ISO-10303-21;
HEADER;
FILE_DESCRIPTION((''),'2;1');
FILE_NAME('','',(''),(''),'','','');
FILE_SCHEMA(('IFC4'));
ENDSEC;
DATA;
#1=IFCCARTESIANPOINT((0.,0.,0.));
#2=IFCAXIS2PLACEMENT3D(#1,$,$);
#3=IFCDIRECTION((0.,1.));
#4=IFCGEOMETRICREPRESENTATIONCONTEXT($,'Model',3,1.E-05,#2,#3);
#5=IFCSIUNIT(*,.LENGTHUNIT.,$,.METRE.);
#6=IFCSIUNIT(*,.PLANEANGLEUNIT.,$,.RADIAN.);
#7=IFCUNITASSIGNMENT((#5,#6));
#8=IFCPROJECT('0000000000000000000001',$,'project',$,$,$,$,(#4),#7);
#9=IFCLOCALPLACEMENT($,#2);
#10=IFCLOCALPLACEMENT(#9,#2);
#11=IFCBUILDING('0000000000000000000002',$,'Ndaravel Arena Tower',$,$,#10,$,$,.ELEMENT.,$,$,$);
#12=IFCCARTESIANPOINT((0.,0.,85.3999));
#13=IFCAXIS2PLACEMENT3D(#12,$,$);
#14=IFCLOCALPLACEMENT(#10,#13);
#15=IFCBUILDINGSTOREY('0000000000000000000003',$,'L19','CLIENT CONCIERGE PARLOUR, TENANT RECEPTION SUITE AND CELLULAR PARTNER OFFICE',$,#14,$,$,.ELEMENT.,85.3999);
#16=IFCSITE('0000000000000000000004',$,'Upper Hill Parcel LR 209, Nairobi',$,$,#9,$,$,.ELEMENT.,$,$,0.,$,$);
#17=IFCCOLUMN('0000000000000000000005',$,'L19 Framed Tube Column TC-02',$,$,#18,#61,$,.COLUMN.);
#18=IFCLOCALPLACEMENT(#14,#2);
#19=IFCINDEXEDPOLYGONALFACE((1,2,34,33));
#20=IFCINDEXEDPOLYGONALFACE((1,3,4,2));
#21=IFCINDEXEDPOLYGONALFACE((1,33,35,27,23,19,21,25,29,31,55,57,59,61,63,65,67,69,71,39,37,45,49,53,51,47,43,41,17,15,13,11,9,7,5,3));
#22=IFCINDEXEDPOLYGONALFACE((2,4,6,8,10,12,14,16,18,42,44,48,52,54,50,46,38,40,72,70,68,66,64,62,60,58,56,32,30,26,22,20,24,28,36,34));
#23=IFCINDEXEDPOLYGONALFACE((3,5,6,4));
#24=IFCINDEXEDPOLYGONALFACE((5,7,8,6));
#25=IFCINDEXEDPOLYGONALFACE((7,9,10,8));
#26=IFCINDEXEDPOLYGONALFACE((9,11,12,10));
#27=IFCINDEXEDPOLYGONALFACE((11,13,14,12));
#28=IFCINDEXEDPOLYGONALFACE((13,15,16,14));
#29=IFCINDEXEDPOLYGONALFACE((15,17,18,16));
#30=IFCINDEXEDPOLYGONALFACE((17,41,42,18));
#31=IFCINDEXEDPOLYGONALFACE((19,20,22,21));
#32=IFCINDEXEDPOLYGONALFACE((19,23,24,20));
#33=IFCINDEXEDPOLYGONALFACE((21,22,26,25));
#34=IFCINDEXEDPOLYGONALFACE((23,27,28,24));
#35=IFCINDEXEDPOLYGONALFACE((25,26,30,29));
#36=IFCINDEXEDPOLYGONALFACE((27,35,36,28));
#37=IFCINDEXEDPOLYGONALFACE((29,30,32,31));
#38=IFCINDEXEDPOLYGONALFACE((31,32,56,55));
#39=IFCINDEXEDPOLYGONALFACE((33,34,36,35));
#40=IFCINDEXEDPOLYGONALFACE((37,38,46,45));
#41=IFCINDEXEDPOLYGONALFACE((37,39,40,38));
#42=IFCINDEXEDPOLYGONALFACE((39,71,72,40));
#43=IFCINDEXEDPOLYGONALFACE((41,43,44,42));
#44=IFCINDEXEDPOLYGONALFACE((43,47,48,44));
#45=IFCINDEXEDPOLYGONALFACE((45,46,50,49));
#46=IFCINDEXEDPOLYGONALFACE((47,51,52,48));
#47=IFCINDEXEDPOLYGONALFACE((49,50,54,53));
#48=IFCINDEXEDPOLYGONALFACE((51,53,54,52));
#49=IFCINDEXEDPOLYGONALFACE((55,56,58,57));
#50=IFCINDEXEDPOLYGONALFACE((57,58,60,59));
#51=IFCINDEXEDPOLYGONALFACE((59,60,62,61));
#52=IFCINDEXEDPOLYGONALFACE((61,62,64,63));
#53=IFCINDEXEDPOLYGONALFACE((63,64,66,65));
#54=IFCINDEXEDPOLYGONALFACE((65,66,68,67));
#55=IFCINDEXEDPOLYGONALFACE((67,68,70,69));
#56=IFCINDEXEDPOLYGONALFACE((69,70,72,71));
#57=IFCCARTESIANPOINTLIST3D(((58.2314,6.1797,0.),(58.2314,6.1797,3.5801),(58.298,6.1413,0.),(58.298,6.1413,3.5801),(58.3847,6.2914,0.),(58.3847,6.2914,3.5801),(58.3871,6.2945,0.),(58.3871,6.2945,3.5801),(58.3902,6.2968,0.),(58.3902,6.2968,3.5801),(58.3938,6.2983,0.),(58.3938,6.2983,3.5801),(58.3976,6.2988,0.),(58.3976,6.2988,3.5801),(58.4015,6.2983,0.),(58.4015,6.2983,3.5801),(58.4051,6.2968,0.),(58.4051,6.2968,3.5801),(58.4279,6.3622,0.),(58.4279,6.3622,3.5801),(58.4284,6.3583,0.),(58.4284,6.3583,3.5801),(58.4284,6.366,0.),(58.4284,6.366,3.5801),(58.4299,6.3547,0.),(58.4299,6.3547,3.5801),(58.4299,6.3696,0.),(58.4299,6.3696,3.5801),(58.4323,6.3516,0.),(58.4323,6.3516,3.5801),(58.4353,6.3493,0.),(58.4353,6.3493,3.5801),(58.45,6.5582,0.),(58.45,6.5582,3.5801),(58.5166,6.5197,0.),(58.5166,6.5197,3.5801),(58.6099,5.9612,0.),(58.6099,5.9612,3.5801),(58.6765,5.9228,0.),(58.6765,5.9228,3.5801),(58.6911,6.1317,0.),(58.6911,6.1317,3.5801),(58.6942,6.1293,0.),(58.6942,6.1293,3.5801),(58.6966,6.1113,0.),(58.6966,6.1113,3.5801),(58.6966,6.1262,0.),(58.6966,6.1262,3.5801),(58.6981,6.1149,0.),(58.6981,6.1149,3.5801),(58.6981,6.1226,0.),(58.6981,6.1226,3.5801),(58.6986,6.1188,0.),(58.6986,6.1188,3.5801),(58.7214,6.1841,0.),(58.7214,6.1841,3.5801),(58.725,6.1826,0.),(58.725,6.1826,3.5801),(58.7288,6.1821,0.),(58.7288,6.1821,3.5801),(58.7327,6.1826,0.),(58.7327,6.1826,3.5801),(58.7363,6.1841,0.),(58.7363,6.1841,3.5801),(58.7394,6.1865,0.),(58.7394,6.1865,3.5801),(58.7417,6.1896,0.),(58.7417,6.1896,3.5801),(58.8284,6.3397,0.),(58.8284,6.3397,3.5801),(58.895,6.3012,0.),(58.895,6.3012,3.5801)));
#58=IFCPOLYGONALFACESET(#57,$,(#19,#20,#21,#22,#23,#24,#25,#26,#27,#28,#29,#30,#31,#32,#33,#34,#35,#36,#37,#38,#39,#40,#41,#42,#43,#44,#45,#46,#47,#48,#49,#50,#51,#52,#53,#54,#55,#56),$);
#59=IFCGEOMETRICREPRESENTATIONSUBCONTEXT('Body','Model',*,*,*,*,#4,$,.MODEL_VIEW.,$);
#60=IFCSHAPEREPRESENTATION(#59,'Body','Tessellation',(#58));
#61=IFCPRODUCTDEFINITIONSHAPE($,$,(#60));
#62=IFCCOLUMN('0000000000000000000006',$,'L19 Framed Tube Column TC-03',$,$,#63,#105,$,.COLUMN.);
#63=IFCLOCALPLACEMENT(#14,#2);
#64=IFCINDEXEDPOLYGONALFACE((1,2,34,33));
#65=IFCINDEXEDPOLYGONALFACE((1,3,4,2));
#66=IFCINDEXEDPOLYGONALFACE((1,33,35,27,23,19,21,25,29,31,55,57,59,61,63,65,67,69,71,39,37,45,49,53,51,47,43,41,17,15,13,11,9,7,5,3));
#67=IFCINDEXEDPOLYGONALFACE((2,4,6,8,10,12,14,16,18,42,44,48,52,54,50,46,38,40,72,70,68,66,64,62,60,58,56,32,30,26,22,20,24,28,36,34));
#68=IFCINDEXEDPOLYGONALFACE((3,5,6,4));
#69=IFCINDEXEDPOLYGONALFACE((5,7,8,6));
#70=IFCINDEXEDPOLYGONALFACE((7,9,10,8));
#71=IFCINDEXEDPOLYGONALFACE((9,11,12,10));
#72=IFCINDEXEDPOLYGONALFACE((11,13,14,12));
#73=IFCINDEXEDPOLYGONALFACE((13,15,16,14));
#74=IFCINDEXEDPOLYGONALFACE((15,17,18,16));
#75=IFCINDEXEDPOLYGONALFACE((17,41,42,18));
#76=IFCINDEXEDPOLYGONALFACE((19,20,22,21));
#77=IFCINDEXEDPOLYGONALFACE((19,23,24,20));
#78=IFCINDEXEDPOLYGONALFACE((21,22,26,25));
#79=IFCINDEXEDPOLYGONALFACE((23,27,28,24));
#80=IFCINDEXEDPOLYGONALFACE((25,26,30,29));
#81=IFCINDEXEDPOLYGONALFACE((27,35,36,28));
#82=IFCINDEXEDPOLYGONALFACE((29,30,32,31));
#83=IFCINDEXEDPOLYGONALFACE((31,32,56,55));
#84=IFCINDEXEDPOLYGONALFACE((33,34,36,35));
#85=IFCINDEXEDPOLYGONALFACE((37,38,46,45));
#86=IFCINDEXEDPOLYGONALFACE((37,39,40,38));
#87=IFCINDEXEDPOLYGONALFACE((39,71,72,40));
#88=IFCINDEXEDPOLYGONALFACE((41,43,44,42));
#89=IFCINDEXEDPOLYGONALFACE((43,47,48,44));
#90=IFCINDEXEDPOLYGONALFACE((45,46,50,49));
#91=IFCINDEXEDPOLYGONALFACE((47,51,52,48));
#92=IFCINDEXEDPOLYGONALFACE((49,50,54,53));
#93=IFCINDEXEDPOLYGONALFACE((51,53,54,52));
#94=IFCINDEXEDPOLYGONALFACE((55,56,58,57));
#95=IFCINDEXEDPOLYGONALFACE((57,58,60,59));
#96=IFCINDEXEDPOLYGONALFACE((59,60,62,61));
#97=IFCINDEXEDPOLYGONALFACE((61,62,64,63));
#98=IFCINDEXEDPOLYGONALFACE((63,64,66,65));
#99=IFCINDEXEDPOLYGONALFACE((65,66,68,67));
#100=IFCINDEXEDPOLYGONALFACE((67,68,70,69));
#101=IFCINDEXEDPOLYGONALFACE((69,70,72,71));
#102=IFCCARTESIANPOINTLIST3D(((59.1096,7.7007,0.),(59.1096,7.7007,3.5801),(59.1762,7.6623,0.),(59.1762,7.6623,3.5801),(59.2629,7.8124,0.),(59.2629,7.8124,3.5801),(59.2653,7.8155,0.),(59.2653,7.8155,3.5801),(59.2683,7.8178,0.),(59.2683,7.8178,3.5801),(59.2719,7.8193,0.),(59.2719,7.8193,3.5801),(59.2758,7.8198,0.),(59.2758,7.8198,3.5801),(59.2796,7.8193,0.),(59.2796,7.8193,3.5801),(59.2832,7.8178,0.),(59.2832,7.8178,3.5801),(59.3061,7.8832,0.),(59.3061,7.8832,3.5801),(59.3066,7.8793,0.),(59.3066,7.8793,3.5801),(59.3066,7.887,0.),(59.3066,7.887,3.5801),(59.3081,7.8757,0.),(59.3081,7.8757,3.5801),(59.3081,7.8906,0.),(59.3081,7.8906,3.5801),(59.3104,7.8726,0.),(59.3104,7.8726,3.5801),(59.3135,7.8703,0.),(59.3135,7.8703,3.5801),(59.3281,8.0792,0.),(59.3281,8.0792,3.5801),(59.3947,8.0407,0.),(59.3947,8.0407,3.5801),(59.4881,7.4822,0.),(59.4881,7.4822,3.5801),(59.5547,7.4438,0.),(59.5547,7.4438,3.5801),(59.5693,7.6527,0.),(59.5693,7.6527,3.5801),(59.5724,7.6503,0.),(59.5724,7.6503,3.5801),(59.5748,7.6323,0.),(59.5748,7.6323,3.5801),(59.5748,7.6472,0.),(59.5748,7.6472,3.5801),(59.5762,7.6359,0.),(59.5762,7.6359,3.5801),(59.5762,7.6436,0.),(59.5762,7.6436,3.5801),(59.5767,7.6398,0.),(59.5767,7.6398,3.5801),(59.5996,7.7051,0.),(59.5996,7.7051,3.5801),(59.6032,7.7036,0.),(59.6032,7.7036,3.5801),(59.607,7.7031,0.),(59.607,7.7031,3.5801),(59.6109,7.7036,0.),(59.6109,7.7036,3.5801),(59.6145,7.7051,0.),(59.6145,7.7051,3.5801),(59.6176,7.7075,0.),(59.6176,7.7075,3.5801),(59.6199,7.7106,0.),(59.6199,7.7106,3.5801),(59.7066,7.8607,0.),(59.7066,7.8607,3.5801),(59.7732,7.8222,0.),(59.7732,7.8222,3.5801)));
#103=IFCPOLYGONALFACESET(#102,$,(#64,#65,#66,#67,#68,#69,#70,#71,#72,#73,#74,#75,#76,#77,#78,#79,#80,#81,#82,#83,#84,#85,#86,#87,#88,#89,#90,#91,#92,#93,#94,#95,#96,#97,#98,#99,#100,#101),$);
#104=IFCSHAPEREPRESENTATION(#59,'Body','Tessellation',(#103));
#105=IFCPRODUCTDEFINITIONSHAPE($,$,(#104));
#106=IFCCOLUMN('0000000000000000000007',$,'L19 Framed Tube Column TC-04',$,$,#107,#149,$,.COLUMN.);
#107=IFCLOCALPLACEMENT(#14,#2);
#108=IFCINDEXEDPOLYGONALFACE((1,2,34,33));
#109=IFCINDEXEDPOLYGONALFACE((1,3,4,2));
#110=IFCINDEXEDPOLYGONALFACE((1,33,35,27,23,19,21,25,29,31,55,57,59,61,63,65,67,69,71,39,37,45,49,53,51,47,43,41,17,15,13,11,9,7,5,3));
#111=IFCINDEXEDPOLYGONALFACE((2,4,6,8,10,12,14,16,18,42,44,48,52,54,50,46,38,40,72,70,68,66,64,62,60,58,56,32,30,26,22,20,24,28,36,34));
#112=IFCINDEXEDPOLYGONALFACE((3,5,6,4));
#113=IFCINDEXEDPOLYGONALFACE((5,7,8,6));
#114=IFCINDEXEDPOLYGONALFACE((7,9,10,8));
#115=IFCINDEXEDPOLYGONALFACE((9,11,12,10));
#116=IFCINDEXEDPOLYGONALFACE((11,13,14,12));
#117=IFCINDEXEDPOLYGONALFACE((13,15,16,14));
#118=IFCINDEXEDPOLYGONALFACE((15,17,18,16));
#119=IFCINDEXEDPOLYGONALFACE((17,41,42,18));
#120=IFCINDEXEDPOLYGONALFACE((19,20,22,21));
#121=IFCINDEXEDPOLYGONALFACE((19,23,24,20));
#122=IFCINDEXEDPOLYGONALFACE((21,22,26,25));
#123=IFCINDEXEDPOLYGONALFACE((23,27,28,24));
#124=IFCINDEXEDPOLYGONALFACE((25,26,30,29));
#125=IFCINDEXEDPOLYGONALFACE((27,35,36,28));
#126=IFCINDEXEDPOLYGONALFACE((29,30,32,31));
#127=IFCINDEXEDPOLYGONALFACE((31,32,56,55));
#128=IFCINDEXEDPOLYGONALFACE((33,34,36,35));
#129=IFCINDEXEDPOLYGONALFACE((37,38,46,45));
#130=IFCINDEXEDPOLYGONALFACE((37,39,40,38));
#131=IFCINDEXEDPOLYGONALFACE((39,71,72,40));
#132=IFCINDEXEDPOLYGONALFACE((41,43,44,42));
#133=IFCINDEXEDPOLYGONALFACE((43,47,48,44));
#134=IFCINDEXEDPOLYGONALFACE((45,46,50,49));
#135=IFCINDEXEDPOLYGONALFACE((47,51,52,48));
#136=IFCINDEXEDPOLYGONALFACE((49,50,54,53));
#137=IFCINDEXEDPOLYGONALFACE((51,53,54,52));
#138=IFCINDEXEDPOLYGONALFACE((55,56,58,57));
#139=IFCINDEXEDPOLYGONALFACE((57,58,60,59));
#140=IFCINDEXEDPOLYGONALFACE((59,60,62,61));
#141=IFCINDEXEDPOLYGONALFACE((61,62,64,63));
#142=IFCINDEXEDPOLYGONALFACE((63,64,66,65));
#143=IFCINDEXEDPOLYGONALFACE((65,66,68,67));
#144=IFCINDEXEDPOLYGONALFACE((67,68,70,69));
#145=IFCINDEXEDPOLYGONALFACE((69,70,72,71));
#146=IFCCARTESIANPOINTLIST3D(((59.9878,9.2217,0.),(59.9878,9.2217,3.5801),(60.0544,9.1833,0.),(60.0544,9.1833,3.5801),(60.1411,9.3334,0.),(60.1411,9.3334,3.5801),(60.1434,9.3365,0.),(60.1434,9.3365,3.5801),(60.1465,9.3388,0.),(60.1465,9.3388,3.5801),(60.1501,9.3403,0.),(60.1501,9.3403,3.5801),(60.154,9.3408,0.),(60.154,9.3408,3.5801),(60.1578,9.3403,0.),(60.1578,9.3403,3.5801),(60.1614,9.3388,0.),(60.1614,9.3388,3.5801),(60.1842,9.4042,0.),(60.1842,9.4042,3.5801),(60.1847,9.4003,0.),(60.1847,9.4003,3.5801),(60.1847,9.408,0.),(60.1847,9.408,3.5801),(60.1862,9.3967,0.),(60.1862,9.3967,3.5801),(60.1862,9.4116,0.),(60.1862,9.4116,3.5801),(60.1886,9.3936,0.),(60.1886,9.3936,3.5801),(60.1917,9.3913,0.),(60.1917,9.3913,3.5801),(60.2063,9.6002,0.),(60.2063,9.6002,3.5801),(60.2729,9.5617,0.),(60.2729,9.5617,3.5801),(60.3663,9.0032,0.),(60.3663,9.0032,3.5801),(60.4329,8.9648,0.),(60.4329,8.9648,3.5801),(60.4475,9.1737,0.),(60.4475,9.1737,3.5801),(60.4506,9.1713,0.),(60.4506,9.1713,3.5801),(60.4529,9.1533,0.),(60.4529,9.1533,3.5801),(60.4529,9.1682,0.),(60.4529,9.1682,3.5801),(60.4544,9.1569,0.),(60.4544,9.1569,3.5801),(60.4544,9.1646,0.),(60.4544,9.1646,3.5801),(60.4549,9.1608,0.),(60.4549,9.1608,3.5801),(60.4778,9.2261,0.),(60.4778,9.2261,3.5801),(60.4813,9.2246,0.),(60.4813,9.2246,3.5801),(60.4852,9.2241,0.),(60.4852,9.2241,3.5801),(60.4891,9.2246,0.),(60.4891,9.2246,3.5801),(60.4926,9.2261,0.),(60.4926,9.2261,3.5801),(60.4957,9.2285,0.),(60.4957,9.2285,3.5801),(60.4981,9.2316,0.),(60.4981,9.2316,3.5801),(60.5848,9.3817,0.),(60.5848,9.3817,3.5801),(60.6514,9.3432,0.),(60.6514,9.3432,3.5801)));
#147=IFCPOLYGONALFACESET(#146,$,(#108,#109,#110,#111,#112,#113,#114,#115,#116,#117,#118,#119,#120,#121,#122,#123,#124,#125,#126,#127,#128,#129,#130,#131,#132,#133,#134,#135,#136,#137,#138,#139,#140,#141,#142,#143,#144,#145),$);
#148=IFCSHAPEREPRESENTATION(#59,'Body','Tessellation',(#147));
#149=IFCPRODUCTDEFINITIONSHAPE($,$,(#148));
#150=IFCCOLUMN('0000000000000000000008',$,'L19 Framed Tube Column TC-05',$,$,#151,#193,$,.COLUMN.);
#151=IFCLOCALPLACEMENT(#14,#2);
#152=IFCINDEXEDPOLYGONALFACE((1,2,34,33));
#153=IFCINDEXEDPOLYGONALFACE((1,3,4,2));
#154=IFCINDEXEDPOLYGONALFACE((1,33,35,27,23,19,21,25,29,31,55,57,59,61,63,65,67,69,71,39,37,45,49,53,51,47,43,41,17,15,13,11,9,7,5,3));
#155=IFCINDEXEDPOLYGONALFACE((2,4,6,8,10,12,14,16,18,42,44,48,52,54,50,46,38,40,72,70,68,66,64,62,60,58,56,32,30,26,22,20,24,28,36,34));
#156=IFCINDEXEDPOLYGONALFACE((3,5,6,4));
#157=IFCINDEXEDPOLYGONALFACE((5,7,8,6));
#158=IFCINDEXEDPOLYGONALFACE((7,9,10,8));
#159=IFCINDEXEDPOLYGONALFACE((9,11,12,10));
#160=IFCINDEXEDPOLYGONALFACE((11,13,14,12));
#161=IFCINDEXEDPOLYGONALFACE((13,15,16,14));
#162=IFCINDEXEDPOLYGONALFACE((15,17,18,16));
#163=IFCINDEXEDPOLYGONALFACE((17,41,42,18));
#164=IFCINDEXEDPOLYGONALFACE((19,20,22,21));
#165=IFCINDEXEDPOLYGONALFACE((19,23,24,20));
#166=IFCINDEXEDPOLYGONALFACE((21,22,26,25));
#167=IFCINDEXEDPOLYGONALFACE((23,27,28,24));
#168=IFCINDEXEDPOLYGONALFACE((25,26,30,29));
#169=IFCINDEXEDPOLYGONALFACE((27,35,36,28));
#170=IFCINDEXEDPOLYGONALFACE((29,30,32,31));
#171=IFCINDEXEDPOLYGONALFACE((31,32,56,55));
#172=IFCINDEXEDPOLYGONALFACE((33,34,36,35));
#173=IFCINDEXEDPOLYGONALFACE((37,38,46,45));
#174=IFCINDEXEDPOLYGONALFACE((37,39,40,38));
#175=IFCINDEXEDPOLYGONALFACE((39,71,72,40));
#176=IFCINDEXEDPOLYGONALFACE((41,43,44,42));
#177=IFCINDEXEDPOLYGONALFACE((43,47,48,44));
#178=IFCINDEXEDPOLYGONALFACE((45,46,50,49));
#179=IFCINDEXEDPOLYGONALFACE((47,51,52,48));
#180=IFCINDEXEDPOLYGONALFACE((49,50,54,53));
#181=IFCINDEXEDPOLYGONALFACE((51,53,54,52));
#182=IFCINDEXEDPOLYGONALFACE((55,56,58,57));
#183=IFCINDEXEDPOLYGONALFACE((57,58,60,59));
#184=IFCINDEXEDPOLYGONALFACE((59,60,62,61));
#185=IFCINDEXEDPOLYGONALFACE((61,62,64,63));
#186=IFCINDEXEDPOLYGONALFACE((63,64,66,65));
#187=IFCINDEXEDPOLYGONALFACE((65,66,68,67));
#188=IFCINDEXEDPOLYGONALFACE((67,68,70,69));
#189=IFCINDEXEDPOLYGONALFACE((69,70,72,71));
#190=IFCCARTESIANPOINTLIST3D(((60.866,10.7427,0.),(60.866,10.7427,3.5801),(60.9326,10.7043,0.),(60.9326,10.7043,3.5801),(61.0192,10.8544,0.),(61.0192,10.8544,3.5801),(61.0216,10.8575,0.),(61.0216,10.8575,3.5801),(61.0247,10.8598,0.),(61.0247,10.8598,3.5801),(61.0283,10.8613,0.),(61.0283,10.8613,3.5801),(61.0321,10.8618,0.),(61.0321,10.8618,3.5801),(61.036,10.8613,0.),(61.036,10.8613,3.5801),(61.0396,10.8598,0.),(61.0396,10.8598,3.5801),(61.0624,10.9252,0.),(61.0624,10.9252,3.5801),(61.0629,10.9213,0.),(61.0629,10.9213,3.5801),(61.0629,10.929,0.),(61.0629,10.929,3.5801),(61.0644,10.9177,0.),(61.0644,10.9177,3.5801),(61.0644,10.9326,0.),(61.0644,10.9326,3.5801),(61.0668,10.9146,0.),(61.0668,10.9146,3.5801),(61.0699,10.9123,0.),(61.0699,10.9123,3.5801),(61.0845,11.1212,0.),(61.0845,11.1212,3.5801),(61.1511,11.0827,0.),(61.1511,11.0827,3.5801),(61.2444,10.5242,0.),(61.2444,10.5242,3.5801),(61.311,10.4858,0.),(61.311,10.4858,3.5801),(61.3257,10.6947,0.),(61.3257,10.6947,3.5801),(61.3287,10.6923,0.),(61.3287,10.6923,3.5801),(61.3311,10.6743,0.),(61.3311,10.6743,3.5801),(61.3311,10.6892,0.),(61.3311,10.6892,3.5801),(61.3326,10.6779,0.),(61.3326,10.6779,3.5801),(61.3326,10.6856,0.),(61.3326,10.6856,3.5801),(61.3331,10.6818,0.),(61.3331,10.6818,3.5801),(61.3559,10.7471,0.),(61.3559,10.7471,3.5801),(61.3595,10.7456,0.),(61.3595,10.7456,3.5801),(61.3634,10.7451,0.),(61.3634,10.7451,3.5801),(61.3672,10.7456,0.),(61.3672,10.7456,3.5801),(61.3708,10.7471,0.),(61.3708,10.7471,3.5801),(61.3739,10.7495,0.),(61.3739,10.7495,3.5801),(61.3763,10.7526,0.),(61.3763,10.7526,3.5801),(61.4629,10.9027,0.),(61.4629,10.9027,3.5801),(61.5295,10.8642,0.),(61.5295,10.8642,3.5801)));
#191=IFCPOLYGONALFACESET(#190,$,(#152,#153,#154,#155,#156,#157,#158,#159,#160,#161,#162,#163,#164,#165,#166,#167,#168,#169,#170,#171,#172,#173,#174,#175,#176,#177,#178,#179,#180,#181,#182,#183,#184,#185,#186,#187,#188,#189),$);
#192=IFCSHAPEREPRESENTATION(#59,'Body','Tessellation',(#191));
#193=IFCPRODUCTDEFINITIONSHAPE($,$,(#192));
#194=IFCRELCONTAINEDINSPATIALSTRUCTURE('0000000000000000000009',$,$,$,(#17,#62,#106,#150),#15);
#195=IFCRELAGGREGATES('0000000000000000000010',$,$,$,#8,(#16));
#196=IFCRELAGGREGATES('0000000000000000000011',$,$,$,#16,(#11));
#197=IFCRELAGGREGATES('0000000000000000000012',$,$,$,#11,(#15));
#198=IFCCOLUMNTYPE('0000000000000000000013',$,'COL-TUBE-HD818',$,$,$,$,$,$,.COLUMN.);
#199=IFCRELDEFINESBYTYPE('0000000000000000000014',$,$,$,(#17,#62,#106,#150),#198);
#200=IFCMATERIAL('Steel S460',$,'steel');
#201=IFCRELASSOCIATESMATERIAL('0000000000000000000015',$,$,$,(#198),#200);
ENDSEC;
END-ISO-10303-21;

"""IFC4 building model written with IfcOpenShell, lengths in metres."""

from ifc_helpers import new_model, si_unit, direction, frame, origin, origin_2d, place, context, subcontext, project, spatial, i_section, extrude, material, material_profile, profile_set, type_object, element, save


model = new_model("IFC4")

# Units and contexts
model_context = context("Model", 3, precision=1e-05, world=origin(), true_north=direction((0.0, 1.0)))
body_context = subcontext(model_context, "Body", "Model", "MODEL_VIEW")
ifc_project = project(units=[si_unit("LENGTHUNIT", "METRE"), si_unit("PLANEANGLEUNIT", "RADIAN")], contexts=[model_context])

# Site, building, storey
site_placement = place(None, origin())
site = spatial("IfcSite", under=ifc_project, at=site_placement, Name="Upper Hill Parcel LR 209, Nairobi", CompositionType="ELEMENT", RefElevation=0.0)
building_placement = place(site_placement, origin())
building = spatial("IfcBuilding", under=site, at=building_placement, Name="Ndaravel Arena Tower", CompositionType="ELEMENT")
storey_placement = place(building_placement, frame((0.0, 0.0, 85.3999)))
storey = spatial("IfcBuildingStorey", under=building, at=storey_placement, Name="L19", Description="CLIENT CONCIERGE PARLOUR, TENANT RECEPTION SUITE AND CELLULAR PARTNER OFFICE", CompositionType="ELEMENT", Elevation=85.3999)

# Columns
ifc_material_1 = material(Name="Steel S460", Category="steel")
ifc_material_profile_1 = material_profile(ifc_material_1, i_section(OverallWidth=0.437, OverallDepth=0.5139, WebThickness=0.0605, FlangeThickness=0.0769, FilletRadius=0.0149, at=origin_2d()), Name="HD 400x818")
ifc_profile_set_1 = profile_set([ifc_material_profile_1], Name="Steel S460")
column_type = type_object("IfcColumnType", Name="COL-TUBE-HD818", PredefinedType="COLUMN", material=ifc_profile_set_1)
for number, where, z_axis, x_axis, name in (
    (1, (58.5632, 6.2405, 0.0), (0.0, 0.0, 1.0), (0.5, 0.866025, 0.0), "L19 Framed Tube Column TC-02"),
    (2, (59.4414, 7.7615, 0.0), (0.0, 0.0, 1.0), (0.5, 0.866025, 0.0), "L19 Framed Tube Column TC-03"),
    (3, (60.3196, 9.2825, 0.0), (0.0, 0.0, 1.0), (0.5, 0.866025, 0.0), "L19 Framed Tube Column TC-04"),
    (4, (61.1978, 10.8035, 0.0), (0.0, 0.0, 1.0), (0.5, 0.866025, 0.0), "L19 Framed Tube Column TC-05"),
):
    element("IfcColumn", number, at=place(storey_placement, frame(where, z_axis=z_axis, x_axis=x_axis)), inside=storey, type_object=column_type, Name=name, PredefinedType="COLUMN", context=body_context, shape_type="SweptSolid", body=[
        extrude(i_section(OverallWidth=0.437, OverallDepth=0.5139, WebThickness=0.0605, FlangeThickness=0.0769, FilletRadius=0.0149, at=origin_2d()), origin(), (0.0, 0.0, 1.0), 3.5801),
    ])

save(model, "model.ifc")
